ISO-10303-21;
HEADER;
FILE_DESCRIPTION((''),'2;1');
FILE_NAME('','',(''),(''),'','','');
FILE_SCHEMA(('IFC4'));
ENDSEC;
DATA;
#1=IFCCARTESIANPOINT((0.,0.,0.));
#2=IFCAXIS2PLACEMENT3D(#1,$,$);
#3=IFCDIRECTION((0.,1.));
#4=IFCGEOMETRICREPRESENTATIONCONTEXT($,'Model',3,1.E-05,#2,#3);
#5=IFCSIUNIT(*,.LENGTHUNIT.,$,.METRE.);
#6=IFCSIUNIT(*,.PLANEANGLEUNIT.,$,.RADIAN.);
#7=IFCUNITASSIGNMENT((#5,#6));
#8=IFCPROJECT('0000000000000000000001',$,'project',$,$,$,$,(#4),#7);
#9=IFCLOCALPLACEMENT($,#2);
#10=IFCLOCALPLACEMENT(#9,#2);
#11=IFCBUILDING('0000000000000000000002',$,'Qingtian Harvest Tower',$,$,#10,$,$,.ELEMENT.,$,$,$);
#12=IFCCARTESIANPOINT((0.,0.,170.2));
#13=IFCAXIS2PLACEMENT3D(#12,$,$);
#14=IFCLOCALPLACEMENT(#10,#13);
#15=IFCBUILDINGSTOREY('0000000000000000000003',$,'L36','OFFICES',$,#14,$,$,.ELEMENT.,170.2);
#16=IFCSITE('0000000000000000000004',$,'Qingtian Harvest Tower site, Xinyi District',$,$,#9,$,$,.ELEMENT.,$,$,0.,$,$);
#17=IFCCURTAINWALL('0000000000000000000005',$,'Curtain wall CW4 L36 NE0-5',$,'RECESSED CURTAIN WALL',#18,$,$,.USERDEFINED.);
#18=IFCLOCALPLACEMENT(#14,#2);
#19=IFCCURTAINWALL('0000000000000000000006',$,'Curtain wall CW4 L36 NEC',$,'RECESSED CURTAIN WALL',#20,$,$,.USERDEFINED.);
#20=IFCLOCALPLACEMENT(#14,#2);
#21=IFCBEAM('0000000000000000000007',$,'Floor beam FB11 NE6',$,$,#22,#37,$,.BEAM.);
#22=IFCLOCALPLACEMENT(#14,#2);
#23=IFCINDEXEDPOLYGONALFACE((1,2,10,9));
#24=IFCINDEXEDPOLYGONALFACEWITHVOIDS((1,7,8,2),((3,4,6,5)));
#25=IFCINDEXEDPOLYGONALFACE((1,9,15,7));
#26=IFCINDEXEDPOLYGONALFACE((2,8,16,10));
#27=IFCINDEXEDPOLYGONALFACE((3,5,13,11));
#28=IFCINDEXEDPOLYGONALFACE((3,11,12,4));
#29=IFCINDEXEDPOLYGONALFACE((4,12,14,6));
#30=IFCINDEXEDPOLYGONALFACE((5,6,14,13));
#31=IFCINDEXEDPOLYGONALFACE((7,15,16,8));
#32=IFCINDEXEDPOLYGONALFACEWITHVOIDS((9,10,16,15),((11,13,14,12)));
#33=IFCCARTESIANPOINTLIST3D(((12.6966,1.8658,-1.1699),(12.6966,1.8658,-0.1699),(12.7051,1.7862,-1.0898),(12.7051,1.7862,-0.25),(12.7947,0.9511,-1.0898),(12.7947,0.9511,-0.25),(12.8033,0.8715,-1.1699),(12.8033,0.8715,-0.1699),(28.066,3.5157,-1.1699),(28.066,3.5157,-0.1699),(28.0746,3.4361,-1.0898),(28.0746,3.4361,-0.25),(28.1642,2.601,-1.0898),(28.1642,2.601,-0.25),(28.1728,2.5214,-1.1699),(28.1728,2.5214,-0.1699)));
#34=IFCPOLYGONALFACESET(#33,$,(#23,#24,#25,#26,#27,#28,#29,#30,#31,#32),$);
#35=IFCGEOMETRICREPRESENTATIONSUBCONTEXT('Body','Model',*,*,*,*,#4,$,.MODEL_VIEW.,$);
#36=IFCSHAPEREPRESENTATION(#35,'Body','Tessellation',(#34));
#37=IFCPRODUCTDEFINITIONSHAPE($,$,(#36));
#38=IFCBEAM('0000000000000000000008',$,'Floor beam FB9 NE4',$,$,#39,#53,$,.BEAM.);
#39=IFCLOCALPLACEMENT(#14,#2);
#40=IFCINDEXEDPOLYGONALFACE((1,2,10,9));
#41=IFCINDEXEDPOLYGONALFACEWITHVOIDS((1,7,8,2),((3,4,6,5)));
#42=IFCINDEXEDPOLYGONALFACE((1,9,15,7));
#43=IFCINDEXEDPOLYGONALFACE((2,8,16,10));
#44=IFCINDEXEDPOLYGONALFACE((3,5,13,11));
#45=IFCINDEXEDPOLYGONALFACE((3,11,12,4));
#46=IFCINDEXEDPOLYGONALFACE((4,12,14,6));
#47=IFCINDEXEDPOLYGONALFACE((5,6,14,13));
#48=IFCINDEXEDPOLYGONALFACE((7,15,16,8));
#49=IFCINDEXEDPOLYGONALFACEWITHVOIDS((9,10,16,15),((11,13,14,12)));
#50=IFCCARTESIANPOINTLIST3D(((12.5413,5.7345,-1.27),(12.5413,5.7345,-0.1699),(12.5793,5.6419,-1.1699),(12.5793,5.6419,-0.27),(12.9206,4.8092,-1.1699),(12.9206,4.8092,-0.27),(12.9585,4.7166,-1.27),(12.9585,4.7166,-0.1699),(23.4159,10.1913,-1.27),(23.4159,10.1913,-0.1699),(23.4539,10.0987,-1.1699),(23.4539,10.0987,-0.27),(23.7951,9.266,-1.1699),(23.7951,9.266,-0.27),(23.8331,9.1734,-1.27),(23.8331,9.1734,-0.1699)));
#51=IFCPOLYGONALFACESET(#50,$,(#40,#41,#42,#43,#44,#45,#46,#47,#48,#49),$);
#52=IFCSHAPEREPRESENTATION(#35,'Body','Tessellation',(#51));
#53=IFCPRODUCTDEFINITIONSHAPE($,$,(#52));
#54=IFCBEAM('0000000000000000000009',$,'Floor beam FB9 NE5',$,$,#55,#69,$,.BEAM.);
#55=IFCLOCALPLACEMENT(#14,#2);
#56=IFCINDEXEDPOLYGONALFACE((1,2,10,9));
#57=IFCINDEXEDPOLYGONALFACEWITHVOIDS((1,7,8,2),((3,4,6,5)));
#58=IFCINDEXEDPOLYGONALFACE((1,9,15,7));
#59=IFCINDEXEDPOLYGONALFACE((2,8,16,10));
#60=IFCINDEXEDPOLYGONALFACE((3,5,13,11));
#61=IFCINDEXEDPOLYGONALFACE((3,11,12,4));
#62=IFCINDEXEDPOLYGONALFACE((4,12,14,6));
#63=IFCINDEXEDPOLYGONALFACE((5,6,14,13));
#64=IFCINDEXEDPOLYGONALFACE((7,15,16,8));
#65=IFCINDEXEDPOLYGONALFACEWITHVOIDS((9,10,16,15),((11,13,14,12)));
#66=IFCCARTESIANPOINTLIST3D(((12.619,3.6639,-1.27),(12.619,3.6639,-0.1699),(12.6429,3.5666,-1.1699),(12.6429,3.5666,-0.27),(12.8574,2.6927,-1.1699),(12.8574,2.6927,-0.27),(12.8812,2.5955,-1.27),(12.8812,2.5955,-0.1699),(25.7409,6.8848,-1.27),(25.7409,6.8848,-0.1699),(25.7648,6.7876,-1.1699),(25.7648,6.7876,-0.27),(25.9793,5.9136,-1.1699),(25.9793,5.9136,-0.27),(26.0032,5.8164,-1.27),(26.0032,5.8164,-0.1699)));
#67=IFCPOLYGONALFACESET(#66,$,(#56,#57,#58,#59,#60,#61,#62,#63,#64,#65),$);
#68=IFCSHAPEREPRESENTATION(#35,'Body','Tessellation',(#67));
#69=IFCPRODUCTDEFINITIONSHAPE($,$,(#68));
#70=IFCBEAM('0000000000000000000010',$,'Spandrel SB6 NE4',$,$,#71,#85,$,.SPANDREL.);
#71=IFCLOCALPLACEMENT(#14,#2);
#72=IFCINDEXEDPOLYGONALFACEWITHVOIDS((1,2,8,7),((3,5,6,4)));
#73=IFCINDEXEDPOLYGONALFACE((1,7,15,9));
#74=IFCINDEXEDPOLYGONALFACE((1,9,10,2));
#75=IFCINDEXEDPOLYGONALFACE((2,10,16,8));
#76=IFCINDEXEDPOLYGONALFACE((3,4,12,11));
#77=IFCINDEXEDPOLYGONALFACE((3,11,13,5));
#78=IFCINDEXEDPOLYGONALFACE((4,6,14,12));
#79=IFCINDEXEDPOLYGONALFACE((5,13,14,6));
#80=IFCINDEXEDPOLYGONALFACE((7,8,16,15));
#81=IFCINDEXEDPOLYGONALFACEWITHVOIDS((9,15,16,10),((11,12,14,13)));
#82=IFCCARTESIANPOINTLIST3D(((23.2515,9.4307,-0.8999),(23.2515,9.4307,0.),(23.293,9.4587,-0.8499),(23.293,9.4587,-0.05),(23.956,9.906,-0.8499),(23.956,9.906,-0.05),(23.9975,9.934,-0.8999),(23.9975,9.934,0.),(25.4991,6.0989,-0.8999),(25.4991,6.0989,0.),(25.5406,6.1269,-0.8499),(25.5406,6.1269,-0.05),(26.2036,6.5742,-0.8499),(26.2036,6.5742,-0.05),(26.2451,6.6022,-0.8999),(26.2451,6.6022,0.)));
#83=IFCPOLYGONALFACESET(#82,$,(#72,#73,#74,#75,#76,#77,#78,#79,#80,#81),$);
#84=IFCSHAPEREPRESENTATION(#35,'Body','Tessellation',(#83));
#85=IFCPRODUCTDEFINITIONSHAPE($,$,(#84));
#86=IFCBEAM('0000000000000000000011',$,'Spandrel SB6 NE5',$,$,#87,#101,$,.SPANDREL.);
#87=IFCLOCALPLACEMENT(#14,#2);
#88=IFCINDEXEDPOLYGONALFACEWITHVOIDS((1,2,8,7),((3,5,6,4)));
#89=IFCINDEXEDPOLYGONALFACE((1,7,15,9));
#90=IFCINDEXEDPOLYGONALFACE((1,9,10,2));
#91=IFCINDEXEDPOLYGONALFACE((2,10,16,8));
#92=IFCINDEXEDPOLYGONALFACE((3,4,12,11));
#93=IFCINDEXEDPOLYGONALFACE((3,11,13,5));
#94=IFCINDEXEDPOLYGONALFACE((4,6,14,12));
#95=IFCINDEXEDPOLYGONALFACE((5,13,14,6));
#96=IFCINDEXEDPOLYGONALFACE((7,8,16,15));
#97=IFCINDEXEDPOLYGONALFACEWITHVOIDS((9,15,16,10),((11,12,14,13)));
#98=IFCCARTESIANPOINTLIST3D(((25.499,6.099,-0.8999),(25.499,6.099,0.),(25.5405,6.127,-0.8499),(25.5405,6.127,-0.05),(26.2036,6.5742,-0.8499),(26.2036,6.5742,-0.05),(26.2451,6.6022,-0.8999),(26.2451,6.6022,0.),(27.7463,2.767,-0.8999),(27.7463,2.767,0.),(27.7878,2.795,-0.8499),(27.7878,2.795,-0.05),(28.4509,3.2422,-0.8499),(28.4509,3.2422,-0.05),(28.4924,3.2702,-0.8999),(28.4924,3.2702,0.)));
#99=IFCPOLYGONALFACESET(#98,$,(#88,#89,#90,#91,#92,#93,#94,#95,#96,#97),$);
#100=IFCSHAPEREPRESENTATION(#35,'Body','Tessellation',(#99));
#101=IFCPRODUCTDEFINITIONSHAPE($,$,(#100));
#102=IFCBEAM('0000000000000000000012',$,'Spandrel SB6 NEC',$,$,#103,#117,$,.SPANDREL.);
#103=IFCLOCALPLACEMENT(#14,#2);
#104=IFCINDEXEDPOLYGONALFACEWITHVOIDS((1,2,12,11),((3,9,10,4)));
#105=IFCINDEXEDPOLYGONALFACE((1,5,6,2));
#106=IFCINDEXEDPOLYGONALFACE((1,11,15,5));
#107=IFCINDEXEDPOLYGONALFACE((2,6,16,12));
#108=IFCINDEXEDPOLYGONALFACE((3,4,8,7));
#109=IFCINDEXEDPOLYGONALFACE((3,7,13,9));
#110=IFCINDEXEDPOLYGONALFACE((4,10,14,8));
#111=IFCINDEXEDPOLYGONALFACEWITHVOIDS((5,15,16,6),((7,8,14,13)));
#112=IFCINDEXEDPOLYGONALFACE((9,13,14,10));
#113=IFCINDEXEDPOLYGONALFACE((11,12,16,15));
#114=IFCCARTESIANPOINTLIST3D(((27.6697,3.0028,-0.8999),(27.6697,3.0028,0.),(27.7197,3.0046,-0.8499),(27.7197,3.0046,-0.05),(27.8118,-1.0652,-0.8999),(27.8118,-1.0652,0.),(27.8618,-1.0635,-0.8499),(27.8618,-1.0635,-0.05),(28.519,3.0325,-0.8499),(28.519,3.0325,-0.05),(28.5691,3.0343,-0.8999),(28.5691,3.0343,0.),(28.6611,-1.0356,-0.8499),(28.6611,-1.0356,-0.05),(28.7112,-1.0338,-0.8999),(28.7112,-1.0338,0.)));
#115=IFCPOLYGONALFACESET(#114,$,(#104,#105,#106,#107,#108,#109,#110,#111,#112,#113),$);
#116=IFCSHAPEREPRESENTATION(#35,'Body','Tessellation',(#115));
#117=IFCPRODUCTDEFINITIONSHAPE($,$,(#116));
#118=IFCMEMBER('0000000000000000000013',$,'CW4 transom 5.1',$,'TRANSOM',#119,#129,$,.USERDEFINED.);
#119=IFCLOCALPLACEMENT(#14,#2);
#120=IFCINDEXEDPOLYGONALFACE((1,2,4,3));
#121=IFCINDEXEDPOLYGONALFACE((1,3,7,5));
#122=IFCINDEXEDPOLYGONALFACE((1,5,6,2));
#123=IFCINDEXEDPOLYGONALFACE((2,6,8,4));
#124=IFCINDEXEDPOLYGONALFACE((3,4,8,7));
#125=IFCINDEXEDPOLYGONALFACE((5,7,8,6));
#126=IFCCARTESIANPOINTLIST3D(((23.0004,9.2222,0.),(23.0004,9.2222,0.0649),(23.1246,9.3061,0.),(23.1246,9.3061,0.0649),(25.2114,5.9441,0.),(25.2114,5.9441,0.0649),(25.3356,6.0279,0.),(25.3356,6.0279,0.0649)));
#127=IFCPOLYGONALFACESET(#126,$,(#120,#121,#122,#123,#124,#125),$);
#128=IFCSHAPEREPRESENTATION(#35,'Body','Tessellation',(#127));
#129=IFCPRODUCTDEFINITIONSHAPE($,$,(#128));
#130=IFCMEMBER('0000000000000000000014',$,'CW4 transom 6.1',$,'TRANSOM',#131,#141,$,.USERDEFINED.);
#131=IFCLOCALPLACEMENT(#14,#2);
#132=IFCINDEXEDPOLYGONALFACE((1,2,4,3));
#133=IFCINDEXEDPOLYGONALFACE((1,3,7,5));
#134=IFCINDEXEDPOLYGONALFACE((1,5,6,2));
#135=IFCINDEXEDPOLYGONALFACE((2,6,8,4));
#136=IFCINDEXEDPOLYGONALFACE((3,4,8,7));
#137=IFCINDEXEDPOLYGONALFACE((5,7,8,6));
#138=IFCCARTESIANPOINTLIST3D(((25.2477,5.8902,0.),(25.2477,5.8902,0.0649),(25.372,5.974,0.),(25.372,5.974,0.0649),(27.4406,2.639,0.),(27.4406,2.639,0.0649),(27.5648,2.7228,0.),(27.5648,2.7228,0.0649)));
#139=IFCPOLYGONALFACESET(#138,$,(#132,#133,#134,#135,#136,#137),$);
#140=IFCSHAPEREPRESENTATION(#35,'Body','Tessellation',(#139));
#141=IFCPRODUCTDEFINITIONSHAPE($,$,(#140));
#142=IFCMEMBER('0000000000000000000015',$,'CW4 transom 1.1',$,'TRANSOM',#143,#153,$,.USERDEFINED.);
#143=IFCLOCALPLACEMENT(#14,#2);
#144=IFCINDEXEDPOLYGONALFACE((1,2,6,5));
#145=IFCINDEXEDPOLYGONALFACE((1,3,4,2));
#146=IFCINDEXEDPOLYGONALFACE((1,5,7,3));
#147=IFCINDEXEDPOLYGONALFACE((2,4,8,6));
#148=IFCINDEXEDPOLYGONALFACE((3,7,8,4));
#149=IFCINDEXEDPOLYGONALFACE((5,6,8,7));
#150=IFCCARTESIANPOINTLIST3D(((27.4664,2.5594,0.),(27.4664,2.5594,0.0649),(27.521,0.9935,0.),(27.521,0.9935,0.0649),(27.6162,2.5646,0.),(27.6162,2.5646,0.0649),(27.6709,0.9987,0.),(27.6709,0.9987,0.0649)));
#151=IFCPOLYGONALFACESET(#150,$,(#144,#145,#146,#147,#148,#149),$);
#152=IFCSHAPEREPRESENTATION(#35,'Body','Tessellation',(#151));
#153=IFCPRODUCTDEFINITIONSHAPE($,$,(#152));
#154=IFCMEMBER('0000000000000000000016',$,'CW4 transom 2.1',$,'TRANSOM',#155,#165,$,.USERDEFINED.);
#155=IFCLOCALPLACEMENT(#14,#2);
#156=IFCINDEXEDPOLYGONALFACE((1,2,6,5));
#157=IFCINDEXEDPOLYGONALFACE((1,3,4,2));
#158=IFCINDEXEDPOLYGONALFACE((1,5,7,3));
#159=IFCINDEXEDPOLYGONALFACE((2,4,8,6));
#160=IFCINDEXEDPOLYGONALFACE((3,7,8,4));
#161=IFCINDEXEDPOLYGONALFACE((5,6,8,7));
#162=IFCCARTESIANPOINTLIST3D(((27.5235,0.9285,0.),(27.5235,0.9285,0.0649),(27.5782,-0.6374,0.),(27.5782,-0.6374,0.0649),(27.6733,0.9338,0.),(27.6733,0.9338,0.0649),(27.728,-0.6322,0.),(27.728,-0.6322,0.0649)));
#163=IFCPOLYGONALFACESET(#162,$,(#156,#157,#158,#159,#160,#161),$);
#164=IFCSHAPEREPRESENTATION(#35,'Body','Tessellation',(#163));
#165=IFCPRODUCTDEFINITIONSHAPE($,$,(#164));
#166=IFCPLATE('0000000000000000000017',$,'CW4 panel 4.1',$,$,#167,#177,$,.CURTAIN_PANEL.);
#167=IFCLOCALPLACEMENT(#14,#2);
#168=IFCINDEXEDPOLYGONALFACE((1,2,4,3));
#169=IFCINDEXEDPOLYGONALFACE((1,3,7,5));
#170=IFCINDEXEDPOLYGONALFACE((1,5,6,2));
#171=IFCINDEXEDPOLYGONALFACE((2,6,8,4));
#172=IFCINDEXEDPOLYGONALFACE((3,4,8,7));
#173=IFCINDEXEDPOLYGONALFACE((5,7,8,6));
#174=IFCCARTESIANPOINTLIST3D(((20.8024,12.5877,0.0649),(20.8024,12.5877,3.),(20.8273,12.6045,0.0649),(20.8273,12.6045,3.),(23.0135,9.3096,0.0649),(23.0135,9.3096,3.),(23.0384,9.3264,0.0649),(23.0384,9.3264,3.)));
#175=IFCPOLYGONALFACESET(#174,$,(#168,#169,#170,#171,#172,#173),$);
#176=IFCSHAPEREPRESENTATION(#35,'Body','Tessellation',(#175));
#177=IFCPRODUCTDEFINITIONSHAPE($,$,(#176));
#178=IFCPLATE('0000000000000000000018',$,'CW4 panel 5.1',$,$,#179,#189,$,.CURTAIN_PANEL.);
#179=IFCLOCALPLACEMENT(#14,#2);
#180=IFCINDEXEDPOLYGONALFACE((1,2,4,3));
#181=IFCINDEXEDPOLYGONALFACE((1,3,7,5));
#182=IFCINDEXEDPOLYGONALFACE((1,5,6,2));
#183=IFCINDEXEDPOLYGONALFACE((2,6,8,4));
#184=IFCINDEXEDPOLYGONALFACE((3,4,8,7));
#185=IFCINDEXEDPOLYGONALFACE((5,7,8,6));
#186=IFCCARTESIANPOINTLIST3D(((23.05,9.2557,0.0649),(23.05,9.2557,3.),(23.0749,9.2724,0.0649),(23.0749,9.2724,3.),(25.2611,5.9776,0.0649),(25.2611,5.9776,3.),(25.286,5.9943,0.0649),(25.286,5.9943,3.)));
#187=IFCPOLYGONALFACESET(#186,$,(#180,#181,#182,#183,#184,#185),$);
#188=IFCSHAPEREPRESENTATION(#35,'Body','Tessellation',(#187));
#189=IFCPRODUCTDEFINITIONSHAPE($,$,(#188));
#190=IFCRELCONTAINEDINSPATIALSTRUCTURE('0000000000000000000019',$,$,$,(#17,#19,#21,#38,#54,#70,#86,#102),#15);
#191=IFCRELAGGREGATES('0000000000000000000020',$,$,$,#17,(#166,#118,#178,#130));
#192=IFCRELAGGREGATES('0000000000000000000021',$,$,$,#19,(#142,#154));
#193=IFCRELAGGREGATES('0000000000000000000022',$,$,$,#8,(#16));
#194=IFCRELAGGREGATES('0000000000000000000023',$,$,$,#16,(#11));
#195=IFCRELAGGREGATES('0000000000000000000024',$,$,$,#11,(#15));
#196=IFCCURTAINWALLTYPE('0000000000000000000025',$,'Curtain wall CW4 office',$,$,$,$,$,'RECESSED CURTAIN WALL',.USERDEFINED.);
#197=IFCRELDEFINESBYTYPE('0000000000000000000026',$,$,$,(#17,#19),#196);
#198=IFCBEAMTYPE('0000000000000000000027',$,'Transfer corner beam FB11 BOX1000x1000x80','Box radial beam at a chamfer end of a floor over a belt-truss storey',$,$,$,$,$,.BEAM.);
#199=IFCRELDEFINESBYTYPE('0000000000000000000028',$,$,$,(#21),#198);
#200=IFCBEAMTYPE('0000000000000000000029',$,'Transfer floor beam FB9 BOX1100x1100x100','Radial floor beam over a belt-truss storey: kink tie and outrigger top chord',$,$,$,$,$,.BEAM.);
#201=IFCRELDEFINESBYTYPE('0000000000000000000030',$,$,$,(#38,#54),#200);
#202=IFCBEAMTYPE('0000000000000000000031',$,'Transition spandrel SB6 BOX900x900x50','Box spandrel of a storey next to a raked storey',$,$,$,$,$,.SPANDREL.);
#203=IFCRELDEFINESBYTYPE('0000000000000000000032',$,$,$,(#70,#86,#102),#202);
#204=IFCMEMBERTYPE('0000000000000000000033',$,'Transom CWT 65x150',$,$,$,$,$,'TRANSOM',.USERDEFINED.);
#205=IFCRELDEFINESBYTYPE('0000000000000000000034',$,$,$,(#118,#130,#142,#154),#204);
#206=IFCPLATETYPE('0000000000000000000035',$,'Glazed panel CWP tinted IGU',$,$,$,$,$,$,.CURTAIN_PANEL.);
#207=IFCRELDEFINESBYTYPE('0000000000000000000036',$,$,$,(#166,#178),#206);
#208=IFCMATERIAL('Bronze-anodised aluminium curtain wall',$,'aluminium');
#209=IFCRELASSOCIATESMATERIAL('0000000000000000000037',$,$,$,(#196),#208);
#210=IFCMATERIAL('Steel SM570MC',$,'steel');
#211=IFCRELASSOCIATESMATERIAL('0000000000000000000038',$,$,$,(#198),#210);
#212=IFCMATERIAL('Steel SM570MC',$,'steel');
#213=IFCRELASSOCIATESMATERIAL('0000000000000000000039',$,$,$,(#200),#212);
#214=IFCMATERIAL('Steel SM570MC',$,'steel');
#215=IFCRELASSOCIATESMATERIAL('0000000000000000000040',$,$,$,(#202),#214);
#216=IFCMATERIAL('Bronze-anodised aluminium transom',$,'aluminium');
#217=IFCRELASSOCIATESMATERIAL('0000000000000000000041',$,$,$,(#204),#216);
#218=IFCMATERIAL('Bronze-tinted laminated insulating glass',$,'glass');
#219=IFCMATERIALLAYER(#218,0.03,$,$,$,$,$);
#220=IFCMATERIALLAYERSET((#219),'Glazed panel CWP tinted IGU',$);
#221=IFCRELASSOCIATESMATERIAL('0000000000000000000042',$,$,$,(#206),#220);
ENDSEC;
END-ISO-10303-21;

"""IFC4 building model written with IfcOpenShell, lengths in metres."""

from ifc_helpers import new_model, si_unit, direction, frame, origin, origin_2d, place, context, subcontext, project, spatial, rectangle, hollow_rectangle, extrude, material, layer, layer_set, material_profile, profile_set, type_object, element, aggregate, save


model = new_model("IFC4")

# Units and contexts
model_context = context("Model", 3, precision=1e-05, world=origin(), true_north=direction((0.0, 1.0)))
body_context = subcontext(model_context, "Body", "Model", "MODEL_VIEW")
ifc_project = project(units=[si_unit("LENGTHUNIT", "METRE"), si_unit("PLANEANGLEUNIT", "RADIAN")], contexts=[model_context])

# Site, building, storey
site_placement = place(None, origin())
site = spatial("IfcSite", under=ifc_project, at=site_placement, Name="Qingtian Harvest Tower site, Xinyi District", CompositionType="ELEMENT", RefElevation=0.0)
building_placement = place(site_placement, origin())
building = spatial("IfcBuilding", under=site, at=building_placement, Name="Qingtian Harvest Tower", CompositionType="ELEMENT")
storey_placement = place(building_placement, frame((0.0, 0.0, 170.2)))
storey = spatial("IfcBuildingStorey", under=building, at=storey_placement, Name="L36", Description="OFFICES", CompositionType="ELEMENT", Elevation=170.2)

# Curtain walls
ifc_material_1 = material(Name="Bronze-anodised aluminium curtain wall", Category="aluminium")
curtain_wall_type = type_object("IfcCurtainWallType", Name="Curtain wall CW4 office", ElementType="RECESSED CURTAIN WALL", PredefinedType="USERDEFINED", material=ifc_material_1)
curtain_wall_1_placement = place(storey_placement, origin())
curtain_wall_1 = element("IfcCurtainWall", 1, at=curtain_wall_1_placement, inside=storey, type_object=curtain_wall_type, Name="Curtain wall CW4 L36 NE0-5", ObjectType="RECESSED CURTAIN WALL", PredefinedType="USERDEFINED")
curtain_wall_2_placement = place(storey_placement, origin())
curtain_wall_2 = element("IfcCurtainWall", 2, at=curtain_wall_2_placement, inside=storey, type_object=curtain_wall_type, Name="Curtain wall CW4 L36 NEC", ObjectType="RECESSED CURTAIN WALL", PredefinedType="USERDEFINED")

# Beams
ifc_material_2 = material(Name="Steel SM570MC", Category="steel")
ifc_material_profile_1 = material_profile(ifc_material_2, hollow_rectangle(XDim=1.0, YDim=1.0, WallThickness=0.0801, at=origin_2d()), Name="BOX1000x1000x80")
ifc_profile_set_1 = profile_set([ifc_material_profile_1], Name="Steel SM570MC")
beam_type_1 = type_object("IfcBeamType", Name="Transfer corner beam FB11 BOX1000x1000x80", Description="Box radial beam at a chamfer end of a floor over a belt-truss storey", PredefinedType="BEAM", material=ifc_profile_set_1)
beam_1_placement = place(storey_placement, frame((28.1194, 3.0186, -0.6699), z_axis=(-0.994287, -0.106737, 0.0), x_axis=(0.106737, -0.994287, 0.0)))
element("IfcBeam", 3, at=beam_1_placement, inside=storey, type_object=beam_type_1, Name="Floor beam FB11 NE6", PredefinedType="BEAM", context=body_context, shape_type="SweptSolid", body=[
    extrude(hollow_rectangle(XDim=1.0, YDim=1.0, WallThickness=0.0801, at=origin_2d()), origin(), (0.0, 0.0, 1.0), 15.4578),
])
ifc_material_3 = material(Name="Steel SM570MC", Category="steel")
ifc_material_profile_2 = material_profile(ifc_material_3, hollow_rectangle(XDim=1.1001, YDim=1.1001, WallThickness=0.1001, at=origin_2d()), Name="BOX1100x1100x100")
ifc_profile_set_2 = profile_set([ifc_material_profile_2], Name="Steel SM570MC")
beam_type_2 = type_object("IfcBeamType", Name="Transfer floor beam FB9 BOX1100x1100x100", Description="Radial floor beam over a belt-truss storey: kink tie and outrigger top chord", PredefinedType="BEAM", material=ifc_profile_set_2)
beam_2_placement = place(storey_placement, frame((23.6245, 9.6824, -0.72), z_axis=(-0.925305, -0.379225, 0.0), x_axis=(0.379225, -0.925305, 0.0)))
element("IfcBeam", 4, at=beam_2_placement, inside=storey, type_object=beam_type_2, Name="Floor beam FB9 NE4", PredefinedType="BEAM", context=body_context, shape_type="SweptSolid", body=[
    extrude(hollow_rectangle(XDim=1.1001, YDim=1.1001, WallThickness=0.1001, at=origin_2d()), origin(), (0.0, 0.0, 1.0), 11.7524),
])
beam_3_placement = place(storey_placement, frame((25.8721, 6.3506, -0.72), z_axis=(-0.971171, -0.238384, 0.0), x_axis=(0.238384, -0.971171, 0.0)))
element("IfcBeam", 5, at=beam_3_placement, inside=storey, type_object=beam_type_2, Name="Floor beam FB9 NE5", PredefinedType="BEAM", context=body_context, shape_type="SweptSolid", body=[
    extrude(hollow_rectangle(XDim=1.1001, YDim=1.1001, WallThickness=0.1001, at=origin_2d()), origin(), (0.0, 0.0, 1.0), 13.5115),
])
ifc_material_4 = material(Name="Steel SM570MC", Category="steel")
ifc_material_profile_3 = material_profile(ifc_material_4, hollow_rectangle(XDim=0.8999, YDim=0.8999, WallThickness=0.05, at=origin_2d()), Name="BOX900x900x50")
ifc_profile_set_3 = profile_set([ifc_material_profile_3], Name="Steel SM570MC")
beam_type_3 = type_object("IfcBeamType", Name="Transition spandrel SB6 BOX900x900x50", Description="Box spandrel of a storey next to a raked storey", PredefinedType="SPANDREL", material=ifc_profile_set_3)
for number, where, z_axis, x_axis, name in (
    (6, (23.6245, 9.6824, -0.45), (0.559234, -0.82901, 0.0), (0.82901, 0.559234, 0.0), "Spandrel SB6 NE4"),
    (7, (25.8721, 6.3506, -0.45), (0.559164, -0.829057, 0.0), (0.829057, 0.559164, 0.0), "Spandrel SB6 NE5"),
):
    element("IfcBeam", number, at=place(storey_placement, frame(where, z_axis=z_axis, x_axis=x_axis)), inside=storey, type_object=beam_type_3, Name=name, PredefinedType="SPANDREL", context=body_context, shape_type="SweptSolid", body=[
        extrude(hollow_rectangle(XDim=0.8999, YDim=0.8999, WallThickness=0.05, at=origin_2d()), origin(), (0.0, 0.0, 1.0), 4.019),
    ])
beam_4_placement = place(storey_placement, frame((28.1194, 3.0186, -0.45), z_axis=(0.034906, -0.999391, 0.0), x_axis=(0.999391, 0.034906, 0.0)))
element("IfcBeam", 8, at=beam_4_placement, inside=storey, type_object=beam_type_3, Name="Spandrel SB6 NEC", PredefinedType="SPANDREL", context=body_context, shape_type="SweptSolid", body=[
    extrude(hollow_rectangle(XDim=0.8999, YDim=0.8999, WallThickness=0.05, at=origin_2d()), origin(), (0.0, 0.0, 1.0), 4.0706),
])

# Members
ifc_material_5 = material(Name="Bronze-anodised aluminium transom", Category="aluminium")
ifc_material_profile_4 = material_profile(ifc_material_5, rectangle(XDim=0.1499, YDim=0.0649, at=origin_2d()), Name="AL 65x150")
ifc_profile_set_4 = profile_set([ifc_material_profile_4], Name="Bronze-anodised aluminium transom")
member_type_1 = type_object("IfcMemberType", Name="Transom CWT 65x150", ElementType="TRANSOM", PredefinedType="USERDEFINED", material=ifc_profile_set_4)
member_1_placement = place(storey_placement, frame((23.0625, 9.2642, 0.0325), z_axis=(0.559166, -0.829055, 0.0), x_axis=(0.829055, 0.559166, 0.0)))
member_1 = element("IfcMember", 9, at=member_1_placement, type_object=member_type_1, Name="CW4 transom 5.1", ObjectType="TRANSOM", PredefinedType="USERDEFINED", context=body_context, shape_type="SweptSolid", body=[
    extrude(rectangle(XDim=0.1499, YDim=0.0649, at=origin_2d()), origin(), (0.0, 0.0, 1.0), 3.9541),
])
member_2_placement = place(storey_placement, frame((25.3098, 5.9321, 0.0325), z_axis=(0.559175, -0.82905, 0.0), x_axis=(0.82905, 0.559175, 0.0)))
member_2 = element("IfcMember", 10, at=member_2_placement, type_object=member_type_1, Name="CW4 transom 6.1", ObjectType="TRANSOM", PredefinedType="USERDEFINED", context=body_context, shape_type="SweptSolid", body=[
    extrude(rectangle(XDim=0.1499, YDim=0.0649, at=origin_2d()), origin(), (0.0, 0.0, 1.0), 3.9216),
])
member_3_placement = place(storey_placement, frame((27.5413, 2.562, 0.0325), z_axis=(0.034902, -0.999391, 0.0), x_axis=(0.999391, 0.034902, 0.0)))
member_3 = element("IfcMember", 11, at=member_3_placement, type_object=member_type_1, Name="CW4 transom 1.1", ObjectType="TRANSOM", PredefinedType="USERDEFINED", context=body_context, shape_type="SweptSolid", body=[
    extrude(rectangle(XDim=0.1499, YDim=0.0649, at=origin_2d()), origin(), (0.0, 0.0, 1.0), 1.5669),
])
member_4_placement = place(storey_placement, frame((27.5984, 0.9312, 0.0325), z_axis=(0.034902, -0.999391, 0.0), x_axis=(0.999391, 0.034902, 0.0)))
member_4 = element("IfcMember", 12, at=member_4_placement, type_object=member_type_1, Name="CW4 transom 2.1", ObjectType="TRANSOM", PredefinedType="USERDEFINED", context=body_context, shape_type="SweptSolid", body=[
    extrude(rectangle(XDim=0.1499, YDim=0.0649, at=origin_2d()), origin(), (0.0, 0.0, 1.0), 1.5669),
])

# Plates
ifc_material_6 = material(Name="Bronze-tinted laminated insulating glass", Category="glass")
ifc_layer_1 = layer(ifc_material_6, 0.03)
ifc_layer_set_1 = layer_set([ifc_layer_1], Name="Glazed panel CWP tinted IGU")
plate_type = type_object("IfcPlateType", Name="Glazed panel CWP tinted IGU", PredefinedType="CURTAIN_PANEL", material=ifc_layer_set_1)
plate_1_placement = place(storey_placement, frame((21.9204, 10.957, 0.0649), z_axis=(0.0, 0.0, 1.0), x_axis=(0.559193, -0.829038, 0.0)))
plate_1 = element("IfcPlate", 13, at=plate_1_placement, type_object=plate_type, Name="CW4 panel 4.1", PredefinedType="CURTAIN_PANEL", context=body_context, shape_type="SweptSolid", body=[
    extrude(rectangle(XDim=3.9541, YDim=0.03, at=origin_2d()), origin(), (0.0, 0.0, 1.0), 2.9351),
])
plate_2_placement = place(storey_placement, frame((24.168, 7.625, 0.0649), z_axis=(0.0, 0.0, 1.0), x_axis=(0.559193, -0.829038, 0.0)))
plate_2 = element("IfcPlate", 14, at=plate_2_placement, type_object=plate_type, Name="CW4 panel 5.1", PredefinedType="CURTAIN_PANEL", context=body_context, shape_type="SweptSolid", body=[
    extrude(rectangle(XDim=3.9541, YDim=0.03, at=origin_2d()), origin(), (0.0, 0.0, 1.0), 2.9351),
])
aggregate(curtain_wall_1, [plate_1, member_1, plate_2, member_2])
aggregate(curtain_wall_2, [member_3, member_4])

save(model, "model.ifc")
